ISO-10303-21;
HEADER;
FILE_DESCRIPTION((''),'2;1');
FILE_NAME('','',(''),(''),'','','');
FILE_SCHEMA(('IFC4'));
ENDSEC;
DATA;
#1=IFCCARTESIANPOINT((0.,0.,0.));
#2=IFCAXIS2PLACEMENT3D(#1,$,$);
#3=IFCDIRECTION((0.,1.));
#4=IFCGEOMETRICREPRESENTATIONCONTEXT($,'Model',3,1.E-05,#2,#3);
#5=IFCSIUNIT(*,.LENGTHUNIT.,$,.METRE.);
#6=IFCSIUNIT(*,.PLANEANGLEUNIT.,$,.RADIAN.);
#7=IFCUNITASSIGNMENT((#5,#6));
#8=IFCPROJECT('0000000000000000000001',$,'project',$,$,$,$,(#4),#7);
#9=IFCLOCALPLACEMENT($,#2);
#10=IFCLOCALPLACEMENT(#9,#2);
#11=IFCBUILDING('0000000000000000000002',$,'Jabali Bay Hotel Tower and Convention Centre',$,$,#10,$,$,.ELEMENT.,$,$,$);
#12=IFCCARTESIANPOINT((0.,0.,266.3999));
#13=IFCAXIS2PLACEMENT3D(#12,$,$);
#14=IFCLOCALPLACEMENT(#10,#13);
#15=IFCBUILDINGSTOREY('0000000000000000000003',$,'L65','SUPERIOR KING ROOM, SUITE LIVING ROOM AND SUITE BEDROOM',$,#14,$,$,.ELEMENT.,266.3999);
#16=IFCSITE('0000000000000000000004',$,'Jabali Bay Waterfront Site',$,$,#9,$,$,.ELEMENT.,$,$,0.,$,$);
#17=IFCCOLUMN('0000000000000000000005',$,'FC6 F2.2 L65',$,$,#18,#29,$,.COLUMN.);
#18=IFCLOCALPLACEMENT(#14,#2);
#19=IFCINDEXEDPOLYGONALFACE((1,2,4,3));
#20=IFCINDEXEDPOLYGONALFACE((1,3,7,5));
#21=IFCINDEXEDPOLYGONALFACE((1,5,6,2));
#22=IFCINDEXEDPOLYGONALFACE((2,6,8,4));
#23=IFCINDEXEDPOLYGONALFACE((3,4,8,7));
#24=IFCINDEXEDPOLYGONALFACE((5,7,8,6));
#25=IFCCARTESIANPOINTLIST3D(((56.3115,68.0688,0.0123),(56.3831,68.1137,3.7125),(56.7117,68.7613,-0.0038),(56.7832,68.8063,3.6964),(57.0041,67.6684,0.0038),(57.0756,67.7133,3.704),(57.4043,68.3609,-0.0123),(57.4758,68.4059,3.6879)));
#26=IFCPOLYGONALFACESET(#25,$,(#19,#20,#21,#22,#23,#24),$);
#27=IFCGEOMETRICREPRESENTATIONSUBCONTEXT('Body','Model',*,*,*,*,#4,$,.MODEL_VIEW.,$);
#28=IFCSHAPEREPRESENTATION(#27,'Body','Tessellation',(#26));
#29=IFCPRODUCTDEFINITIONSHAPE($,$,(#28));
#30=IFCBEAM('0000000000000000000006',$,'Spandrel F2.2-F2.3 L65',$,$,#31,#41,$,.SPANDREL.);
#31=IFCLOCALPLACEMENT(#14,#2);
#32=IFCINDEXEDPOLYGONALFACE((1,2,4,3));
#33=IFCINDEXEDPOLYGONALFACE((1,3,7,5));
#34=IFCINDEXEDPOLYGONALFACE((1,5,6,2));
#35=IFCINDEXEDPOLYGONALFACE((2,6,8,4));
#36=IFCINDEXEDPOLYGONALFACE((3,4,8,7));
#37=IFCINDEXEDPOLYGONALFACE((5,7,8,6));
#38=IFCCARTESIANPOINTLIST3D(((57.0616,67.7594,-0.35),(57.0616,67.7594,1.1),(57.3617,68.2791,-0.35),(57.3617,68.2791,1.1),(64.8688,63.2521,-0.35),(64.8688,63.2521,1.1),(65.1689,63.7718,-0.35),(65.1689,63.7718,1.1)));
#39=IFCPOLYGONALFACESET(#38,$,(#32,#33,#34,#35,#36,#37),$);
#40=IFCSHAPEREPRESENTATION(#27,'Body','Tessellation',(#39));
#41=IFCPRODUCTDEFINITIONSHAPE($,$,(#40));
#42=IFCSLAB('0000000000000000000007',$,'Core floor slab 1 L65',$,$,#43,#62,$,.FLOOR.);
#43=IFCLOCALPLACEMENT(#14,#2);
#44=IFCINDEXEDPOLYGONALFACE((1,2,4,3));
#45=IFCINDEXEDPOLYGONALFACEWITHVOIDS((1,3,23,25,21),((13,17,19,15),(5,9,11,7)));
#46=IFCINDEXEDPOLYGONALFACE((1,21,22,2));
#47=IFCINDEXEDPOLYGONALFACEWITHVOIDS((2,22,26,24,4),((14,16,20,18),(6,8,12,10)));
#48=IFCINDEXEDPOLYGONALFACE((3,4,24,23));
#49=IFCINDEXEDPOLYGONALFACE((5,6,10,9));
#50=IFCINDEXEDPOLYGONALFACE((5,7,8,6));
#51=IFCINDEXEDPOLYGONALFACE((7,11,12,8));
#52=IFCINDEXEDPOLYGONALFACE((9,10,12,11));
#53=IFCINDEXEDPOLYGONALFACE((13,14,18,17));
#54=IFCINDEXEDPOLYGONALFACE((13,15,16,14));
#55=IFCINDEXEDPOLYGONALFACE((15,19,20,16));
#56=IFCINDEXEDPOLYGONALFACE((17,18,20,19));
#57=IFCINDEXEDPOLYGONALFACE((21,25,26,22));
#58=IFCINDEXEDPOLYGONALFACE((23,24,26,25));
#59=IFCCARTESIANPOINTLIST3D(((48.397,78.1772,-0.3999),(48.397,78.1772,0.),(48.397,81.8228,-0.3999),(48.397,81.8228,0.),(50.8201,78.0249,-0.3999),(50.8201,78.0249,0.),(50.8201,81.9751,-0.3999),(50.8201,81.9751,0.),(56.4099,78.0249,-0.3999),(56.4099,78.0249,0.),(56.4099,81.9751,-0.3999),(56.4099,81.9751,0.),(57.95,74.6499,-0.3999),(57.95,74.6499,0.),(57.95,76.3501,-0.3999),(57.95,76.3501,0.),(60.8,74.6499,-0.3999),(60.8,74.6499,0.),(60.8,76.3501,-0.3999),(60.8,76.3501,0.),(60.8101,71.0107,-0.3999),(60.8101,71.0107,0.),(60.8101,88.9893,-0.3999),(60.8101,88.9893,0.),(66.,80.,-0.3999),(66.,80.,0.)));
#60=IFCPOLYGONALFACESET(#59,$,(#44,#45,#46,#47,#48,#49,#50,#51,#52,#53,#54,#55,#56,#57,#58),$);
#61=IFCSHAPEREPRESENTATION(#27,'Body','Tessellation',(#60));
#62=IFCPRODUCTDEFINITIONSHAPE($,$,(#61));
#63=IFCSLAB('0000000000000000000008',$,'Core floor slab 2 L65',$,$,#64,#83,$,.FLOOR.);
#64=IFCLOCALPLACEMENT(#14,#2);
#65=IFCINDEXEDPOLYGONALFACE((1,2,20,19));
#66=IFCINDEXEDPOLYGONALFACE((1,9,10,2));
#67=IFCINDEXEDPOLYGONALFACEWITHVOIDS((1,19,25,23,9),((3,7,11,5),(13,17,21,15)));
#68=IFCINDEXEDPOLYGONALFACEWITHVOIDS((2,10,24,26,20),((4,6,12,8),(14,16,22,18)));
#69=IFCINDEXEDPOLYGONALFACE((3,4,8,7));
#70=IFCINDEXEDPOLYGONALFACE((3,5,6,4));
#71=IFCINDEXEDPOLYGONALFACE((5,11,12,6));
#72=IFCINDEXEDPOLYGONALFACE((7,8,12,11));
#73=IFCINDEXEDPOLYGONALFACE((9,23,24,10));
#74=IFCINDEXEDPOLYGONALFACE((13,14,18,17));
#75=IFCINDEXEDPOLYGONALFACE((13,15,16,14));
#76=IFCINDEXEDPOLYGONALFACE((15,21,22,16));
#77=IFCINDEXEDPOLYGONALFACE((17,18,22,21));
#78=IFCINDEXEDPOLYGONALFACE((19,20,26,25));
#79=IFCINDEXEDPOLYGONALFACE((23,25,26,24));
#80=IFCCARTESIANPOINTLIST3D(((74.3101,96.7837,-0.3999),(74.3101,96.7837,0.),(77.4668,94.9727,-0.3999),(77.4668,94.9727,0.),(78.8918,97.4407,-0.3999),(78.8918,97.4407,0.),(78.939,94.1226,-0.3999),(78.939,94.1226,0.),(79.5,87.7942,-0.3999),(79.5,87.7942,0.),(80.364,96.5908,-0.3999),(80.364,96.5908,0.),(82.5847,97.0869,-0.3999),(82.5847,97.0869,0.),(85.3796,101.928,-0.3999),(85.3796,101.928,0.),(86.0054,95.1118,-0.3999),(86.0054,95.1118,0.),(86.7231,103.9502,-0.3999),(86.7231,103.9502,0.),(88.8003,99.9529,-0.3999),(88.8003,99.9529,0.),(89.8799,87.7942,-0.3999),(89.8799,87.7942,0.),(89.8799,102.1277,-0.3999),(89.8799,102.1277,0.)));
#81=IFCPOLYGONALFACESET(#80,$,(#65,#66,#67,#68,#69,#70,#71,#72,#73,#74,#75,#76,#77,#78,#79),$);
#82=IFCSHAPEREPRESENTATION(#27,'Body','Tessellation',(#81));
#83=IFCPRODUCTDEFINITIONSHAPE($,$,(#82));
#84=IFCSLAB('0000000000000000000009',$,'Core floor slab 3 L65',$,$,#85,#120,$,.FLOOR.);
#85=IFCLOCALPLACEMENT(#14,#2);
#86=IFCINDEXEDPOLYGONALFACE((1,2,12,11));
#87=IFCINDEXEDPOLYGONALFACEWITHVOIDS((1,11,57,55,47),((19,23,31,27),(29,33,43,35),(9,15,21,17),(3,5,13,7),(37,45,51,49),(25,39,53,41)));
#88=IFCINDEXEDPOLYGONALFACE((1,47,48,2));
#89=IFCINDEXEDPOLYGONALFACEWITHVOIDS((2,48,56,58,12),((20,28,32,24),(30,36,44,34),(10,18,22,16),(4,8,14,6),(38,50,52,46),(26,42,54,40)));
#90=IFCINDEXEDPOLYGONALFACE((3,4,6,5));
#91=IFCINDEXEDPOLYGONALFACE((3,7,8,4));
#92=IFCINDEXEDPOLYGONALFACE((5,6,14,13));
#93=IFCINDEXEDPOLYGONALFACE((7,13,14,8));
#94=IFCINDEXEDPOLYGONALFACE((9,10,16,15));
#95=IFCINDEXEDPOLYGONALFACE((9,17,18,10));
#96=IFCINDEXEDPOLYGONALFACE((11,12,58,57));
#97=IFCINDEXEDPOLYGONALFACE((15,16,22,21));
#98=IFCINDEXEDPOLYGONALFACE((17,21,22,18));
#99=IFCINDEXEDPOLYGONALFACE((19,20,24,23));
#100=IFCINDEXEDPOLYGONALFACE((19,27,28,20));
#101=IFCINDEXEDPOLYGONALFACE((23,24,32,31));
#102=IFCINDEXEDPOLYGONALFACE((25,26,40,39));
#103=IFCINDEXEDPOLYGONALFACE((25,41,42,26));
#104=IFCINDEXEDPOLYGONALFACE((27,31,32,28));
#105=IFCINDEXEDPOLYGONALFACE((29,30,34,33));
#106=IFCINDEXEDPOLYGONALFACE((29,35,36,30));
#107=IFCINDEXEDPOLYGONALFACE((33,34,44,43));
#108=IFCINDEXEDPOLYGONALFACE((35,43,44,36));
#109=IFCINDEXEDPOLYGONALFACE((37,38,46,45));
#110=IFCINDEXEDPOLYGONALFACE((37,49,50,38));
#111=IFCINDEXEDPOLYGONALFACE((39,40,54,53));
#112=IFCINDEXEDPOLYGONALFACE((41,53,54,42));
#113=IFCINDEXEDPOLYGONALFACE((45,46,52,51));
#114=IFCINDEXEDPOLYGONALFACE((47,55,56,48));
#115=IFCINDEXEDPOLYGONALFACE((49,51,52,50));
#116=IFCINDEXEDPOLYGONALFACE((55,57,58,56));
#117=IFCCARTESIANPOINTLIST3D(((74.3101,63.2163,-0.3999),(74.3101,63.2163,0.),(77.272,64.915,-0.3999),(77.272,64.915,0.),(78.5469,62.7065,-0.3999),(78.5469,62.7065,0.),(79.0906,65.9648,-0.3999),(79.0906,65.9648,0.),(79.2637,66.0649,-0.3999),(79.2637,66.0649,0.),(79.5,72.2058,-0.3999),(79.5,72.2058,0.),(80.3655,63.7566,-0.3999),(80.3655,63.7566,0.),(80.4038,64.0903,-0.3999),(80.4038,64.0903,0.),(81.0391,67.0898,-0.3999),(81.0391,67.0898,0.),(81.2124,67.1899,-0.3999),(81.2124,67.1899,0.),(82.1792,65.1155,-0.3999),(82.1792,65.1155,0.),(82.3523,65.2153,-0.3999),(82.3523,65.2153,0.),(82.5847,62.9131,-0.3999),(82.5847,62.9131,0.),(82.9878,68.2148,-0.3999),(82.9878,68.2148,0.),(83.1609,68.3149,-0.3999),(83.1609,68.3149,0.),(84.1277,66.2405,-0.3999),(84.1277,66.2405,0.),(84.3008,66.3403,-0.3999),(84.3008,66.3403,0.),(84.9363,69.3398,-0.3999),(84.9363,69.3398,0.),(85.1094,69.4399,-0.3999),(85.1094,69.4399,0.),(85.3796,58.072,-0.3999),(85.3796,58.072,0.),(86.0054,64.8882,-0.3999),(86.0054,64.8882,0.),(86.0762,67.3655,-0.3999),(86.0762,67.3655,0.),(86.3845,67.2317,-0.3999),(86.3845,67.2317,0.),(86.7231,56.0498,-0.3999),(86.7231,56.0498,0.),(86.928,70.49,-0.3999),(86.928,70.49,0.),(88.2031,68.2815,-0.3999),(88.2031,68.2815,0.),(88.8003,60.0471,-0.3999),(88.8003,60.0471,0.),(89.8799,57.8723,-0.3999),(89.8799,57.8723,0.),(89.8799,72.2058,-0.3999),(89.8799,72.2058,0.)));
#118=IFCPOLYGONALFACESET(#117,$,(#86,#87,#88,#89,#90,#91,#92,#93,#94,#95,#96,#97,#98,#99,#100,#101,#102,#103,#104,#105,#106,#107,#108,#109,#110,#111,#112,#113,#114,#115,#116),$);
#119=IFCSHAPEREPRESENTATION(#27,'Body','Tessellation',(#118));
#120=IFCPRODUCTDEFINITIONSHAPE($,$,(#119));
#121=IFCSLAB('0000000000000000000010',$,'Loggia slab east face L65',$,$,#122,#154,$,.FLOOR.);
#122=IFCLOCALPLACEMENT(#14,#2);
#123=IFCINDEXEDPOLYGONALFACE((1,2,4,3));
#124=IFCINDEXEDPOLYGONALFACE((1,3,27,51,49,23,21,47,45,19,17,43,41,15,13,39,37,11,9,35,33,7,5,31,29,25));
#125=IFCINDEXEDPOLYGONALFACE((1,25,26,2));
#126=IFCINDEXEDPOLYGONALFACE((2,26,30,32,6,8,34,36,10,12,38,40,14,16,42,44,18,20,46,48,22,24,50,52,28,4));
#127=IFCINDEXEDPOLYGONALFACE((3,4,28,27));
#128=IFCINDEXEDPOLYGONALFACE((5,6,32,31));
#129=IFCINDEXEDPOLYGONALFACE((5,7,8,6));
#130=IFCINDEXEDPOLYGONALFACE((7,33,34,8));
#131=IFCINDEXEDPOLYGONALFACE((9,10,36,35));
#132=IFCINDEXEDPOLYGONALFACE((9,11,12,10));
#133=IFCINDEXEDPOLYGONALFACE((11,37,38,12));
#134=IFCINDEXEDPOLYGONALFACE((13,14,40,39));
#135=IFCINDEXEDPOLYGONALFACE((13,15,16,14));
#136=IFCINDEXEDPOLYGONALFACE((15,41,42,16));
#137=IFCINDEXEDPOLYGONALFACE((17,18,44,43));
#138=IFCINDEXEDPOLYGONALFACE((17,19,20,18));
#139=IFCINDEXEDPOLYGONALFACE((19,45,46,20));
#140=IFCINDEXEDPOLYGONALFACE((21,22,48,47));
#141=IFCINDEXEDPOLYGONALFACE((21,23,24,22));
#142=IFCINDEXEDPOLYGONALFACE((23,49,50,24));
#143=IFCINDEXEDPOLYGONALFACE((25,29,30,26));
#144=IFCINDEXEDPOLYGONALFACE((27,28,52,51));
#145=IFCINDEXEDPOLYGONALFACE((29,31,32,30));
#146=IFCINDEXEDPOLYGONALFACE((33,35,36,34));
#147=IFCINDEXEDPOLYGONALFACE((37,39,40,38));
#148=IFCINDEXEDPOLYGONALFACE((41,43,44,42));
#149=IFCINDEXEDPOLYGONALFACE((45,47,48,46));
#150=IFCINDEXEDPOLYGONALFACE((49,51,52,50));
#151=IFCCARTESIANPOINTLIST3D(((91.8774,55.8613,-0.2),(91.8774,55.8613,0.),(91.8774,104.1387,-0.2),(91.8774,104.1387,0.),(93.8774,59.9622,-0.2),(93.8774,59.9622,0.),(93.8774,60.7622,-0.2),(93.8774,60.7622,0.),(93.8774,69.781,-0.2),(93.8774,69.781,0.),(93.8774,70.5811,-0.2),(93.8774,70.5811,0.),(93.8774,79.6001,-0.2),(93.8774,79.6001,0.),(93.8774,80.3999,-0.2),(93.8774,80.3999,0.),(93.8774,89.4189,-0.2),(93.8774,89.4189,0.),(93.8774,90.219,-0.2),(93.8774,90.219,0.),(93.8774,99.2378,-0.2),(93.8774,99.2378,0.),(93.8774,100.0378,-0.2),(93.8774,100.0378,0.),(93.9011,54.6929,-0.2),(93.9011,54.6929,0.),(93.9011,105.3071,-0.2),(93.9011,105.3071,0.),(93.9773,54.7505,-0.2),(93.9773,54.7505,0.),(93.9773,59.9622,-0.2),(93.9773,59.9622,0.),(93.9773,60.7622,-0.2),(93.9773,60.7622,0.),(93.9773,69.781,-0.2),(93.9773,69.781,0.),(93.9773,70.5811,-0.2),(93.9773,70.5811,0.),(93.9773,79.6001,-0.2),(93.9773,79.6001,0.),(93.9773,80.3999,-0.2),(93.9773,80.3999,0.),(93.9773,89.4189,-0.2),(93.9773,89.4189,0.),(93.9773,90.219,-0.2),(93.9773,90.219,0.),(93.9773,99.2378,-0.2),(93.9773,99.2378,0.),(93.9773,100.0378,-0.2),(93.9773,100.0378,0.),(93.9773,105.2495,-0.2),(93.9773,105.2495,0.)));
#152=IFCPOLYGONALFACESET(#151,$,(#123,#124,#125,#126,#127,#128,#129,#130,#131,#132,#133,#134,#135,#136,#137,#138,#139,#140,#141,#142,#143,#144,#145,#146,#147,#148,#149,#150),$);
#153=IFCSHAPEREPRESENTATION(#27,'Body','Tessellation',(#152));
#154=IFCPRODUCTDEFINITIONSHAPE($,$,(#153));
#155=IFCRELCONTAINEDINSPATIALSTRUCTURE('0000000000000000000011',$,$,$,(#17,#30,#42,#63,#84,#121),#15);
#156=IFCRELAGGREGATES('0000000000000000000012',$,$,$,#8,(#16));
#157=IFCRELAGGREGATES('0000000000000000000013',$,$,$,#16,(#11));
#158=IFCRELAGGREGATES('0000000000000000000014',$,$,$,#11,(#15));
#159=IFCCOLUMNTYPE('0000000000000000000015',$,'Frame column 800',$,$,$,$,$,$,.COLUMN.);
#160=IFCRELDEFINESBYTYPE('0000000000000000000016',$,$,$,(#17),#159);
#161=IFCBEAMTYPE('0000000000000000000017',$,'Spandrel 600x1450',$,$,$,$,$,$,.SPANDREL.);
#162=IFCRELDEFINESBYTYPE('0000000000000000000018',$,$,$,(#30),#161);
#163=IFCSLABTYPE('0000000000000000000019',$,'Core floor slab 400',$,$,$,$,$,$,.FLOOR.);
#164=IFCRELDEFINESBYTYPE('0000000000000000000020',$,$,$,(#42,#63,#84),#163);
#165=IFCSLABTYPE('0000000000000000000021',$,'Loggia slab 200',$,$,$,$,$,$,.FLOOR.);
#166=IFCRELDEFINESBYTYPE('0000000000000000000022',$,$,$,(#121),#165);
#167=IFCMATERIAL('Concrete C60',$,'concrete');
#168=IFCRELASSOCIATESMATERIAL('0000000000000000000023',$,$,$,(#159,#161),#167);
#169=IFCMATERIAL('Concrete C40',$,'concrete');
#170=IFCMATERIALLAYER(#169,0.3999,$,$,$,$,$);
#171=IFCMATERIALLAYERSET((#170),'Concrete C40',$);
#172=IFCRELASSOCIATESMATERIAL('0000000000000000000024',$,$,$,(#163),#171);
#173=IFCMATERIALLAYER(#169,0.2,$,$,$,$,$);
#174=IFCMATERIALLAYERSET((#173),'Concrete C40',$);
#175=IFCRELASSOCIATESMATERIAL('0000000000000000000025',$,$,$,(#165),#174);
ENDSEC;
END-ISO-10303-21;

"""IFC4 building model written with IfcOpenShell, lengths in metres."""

from ifc_helpers import new_model, si_unit, direction, frame, origin, origin_2d, place, context, subcontext, project, spatial, polyline, rectangle, outline, extrude, material, layer, layer_set, material_profile, profile_set, type_object, element, save


model = new_model("IFC4")

# Units and contexts
model_context = context("Model", 3, precision=1e-05, world=origin(), true_north=direction((0.0, 1.0)))
body_context = subcontext(model_context, "Body", "Model", "MODEL_VIEW")
ifc_project = project(units=[si_unit("LENGTHUNIT", "METRE"), si_unit("PLANEANGLEUNIT", "RADIAN")], contexts=[model_context])

# Site, building, storey
site_placement = place(None, origin())
site = spatial("IfcSite", under=ifc_project, at=site_placement, Name="Jabali Bay Waterfront Site", CompositionType="ELEMENT", RefElevation=0.0)
building_placement = place(site_placement, origin())
building = spatial("IfcBuilding", under=site, at=building_placement, Name="Jabali Bay Hotel Tower and Convention Centre", CompositionType="ELEMENT")
storey_placement = place(building_placement, frame((0.0, 0.0, 266.3999)))
storey = spatial("IfcBuildingStorey", under=building, at=storey_placement, Name="L65", Description="SUPERIOR KING ROOM, SUITE LIVING ROOM AND SUITE BEDROOM", CompositionType="ELEMENT", Elevation=266.3999)

# Column
ifc_material_1 = material(Name="Concrete C60", Category="concrete")
ifc_material_profile_1 = material_profile(ifc_material_1, rectangle(XDim=0.8, YDim=0.8, at=origin_2d()), Name="Frame column 800")
ifc_profile_set_1 = profile_set([ifc_material_profile_1], Name="Concrete C60")
column_type = type_object("IfcColumnType", Name="Frame column 800", PredefinedType="COLUMN", material=ifc_profile_set_1)
column_placement = place(storey_placement, frame((56.8579, 68.2148, 0.0), z_axis=(0.019327, 0.012137, 0.99974), x_axis=(-0.865689, 0.500469, 0.01066)))
element("IfcColumn", 1, at=column_placement, inside=storey, type_object=column_type, Name="FC6 F2.2 L65", PredefinedType="COLUMN", context=body_context, shape_type="SweptSolid", body=[
    extrude(rectangle(XDim=0.8, YDim=0.8, at=origin_2d()), origin(), (0.0, 0.0, 1.0), 3.7012),
])

# Beam
ifc_material_profile_2 = material_profile(ifc_material_1, rectangle(XDim=0.6001, YDim=1.45, at=origin_2d()), Name="Spandrel 600x1450")
ifc_profile_set_2 = profile_set([ifc_material_profile_2], Name="Concrete C60")
beam_type = type_object("IfcBeamType", Name="Spandrel 600x1450", PredefinedType="SPANDREL", material=ifc_profile_set_2)
beam_placement = place(storey_placement, frame((57.2117, 68.0193, 0.375), z_axis=(0.866031, -0.49999, 0.0), x_axis=(0.49999, 0.866031, 0.0)))
element("IfcBeam", 2, at=beam_placement, inside=storey, type_object=beam_type, Name="Spandrel F2.2-F2.3 L65", PredefinedType="SPANDREL", context=body_context, shape_type="SweptSolid", body=[
    extrude(rectangle(XDim=0.6001, YDim=1.45, at=origin_2d()), origin(), (0.0, 0.0, 1.0), 9.0149),
])

# Slabs
ifc_material_2 = material(Name="Concrete C40", Category="concrete")
ifc_layer_1 = layer(ifc_material_2, 0.3999)
ifc_layer_set_1 = layer_set([ifc_layer_1], Name="Concrete C40")
slab_type_1 = type_object("IfcSlabType", Name="Core floor slab 400", PredefinedType="FLOOR", material=ifc_layer_set_1)
slab_1_placement = place(storey_placement, frame((0.0, 0.0, -0.3999)))
element("IfcSlab", 3, at=slab_1_placement, inside=storey, type_object=slab_type_1, Name="Core floor slab 1 L65", PredefinedType="FLOOR", context=body_context, shape_type="SweptSolid", body=[
    extrude(outline(polyline([(66.0, 80.0), (60.8101, 88.9893), (48.397, 81.8228), (48.397, 78.1772), (60.8101, 71.0107), (66.0, 80.0)]), holes=[polyline([(60.8, 76.3501), (57.95, 76.3501), (57.95, 74.6499), (60.8, 74.6499), (60.8, 76.3501)]), polyline([(50.8201, 81.9751), (50.8201, 78.0249), (56.4099, 78.0249), (56.4099, 81.9751), (50.8201, 81.9751)])]), origin(), (0.0, 0.0, 1.0), 0.3999),
])
slab_2_placement = place(storey_placement, frame((0.0, 0.0, -0.3999)))
element("IfcSlab", 4, at=slab_2_placement, inside=storey, type_object=slab_type_1, Name="Core floor slab 2 L65", PredefinedType="FLOOR", context=body_context, shape_type="SweptSolid", body=[
    extrude(outline(polyline([(79.5, 87.7942), (89.8799, 87.7942), (89.8799, 102.1277), (86.7231, 103.9502), (74.3101, 96.7837), (79.5, 87.7942)]), holes=[polyline([(78.939, 94.1226), (80.364, 96.5908), (78.8918, 97.4407), (77.4668, 94.9727), (78.939, 94.1226)]), polyline([(88.8003, 99.9529), (85.3796, 101.928), (82.5847, 97.0869), (86.0054, 95.1118), (88.8003, 99.9529)])]), origin(), (0.0, 0.0, 1.0), 0.3999),
])
slab_3_placement = place(storey_placement, frame((0.0, 0.0, -0.3999)))
element("IfcSlab", 5, at=slab_3_placement, inside=storey, type_object=slab_type_1, Name="Core floor slab 3 L65", PredefinedType="FLOOR", context=body_context, shape_type="SweptSolid", body=[
    extrude(outline(polyline([(79.5, 72.2058), (74.3101, 63.2163), (86.7231, 56.0498), (89.8799, 57.8723), (89.8799, 72.2058), (79.5, 72.2058)]), holes=[polyline([(82.5847, 62.9131), (85.3796, 58.072), (88.8003, 60.0471), (86.0054, 64.8882), (82.5847, 62.9131)]), polyline([(80.3655, 63.7566), (79.0906, 65.9648), (77.272, 64.915), (78.5469, 62.7065), (80.3655, 63.7566)]), polyline([(82.1792, 65.1155), (81.0391, 67.0898), (79.2637, 66.0649), (80.4038, 64.0903), (82.1792, 65.1155)]), polyline([(82.9878, 68.2148), (81.2124, 67.1899), (82.3523, 65.2153), (84.1277, 66.2405), (82.9878, 68.2148)]), polyline([(86.0762, 67.3655), (84.9363, 69.3398), (83.1609, 68.3149), (84.3008, 66.3403), (86.0762, 67.3655)]), polyline([(88.2031, 68.2815), (86.928, 70.49), (85.1094, 69.4399), (86.3845, 67.2317), (88.2031, 68.2815)])]), origin(), (0.0, 0.0, 1.0), 0.3999),
])
ifc_layer_2 = layer(ifc_material_2, 0.2)
ifc_layer_set_2 = layer_set([ifc_layer_2], Name="Concrete C40")
slab_type_2 = type_object("IfcSlabType", Name="Loggia slab 200", PredefinedType="FLOOR", material=ifc_layer_set_2)
slab_4_placement = place(storey_placement, frame((0.0, 0.0, -0.2)))
element("IfcSlab", 6, at=slab_4_placement, inside=storey, type_object=slab_type_2, Name="Loggia slab east face L65", PredefinedType="FLOOR", context=body_context, shape_type="SweptSolid", body=[
    extrude(outline(polyline([(91.8774, 104.1387), (93.9011, 105.3071), (93.9773, 105.2495), (93.9773, 100.0378), (93.8774, 100.0378), (93.8774, 99.2378), (93.9773, 99.2378), (93.9773, 90.219), (93.8774, 90.219), (93.8774, 89.4189), (93.9773, 89.4189), (93.9773, 80.3999), (93.8774, 80.3999), (93.8774, 79.6001), (93.9773, 79.6001), (93.9773, 70.5811), (93.8774, 70.5811), (93.8774, 69.781), (93.9773, 69.781), (93.9773, 60.7622), (93.8774, 60.7622), (93.8774, 59.9622), (93.9773, 59.9622), (93.9773, 54.7505), (93.9011, 54.6929), (91.8774, 55.8613), (91.8774, 104.1387)])), origin(), (0.0, 0.0, 1.0), 0.2),
])

save(model, "model.ifc")
